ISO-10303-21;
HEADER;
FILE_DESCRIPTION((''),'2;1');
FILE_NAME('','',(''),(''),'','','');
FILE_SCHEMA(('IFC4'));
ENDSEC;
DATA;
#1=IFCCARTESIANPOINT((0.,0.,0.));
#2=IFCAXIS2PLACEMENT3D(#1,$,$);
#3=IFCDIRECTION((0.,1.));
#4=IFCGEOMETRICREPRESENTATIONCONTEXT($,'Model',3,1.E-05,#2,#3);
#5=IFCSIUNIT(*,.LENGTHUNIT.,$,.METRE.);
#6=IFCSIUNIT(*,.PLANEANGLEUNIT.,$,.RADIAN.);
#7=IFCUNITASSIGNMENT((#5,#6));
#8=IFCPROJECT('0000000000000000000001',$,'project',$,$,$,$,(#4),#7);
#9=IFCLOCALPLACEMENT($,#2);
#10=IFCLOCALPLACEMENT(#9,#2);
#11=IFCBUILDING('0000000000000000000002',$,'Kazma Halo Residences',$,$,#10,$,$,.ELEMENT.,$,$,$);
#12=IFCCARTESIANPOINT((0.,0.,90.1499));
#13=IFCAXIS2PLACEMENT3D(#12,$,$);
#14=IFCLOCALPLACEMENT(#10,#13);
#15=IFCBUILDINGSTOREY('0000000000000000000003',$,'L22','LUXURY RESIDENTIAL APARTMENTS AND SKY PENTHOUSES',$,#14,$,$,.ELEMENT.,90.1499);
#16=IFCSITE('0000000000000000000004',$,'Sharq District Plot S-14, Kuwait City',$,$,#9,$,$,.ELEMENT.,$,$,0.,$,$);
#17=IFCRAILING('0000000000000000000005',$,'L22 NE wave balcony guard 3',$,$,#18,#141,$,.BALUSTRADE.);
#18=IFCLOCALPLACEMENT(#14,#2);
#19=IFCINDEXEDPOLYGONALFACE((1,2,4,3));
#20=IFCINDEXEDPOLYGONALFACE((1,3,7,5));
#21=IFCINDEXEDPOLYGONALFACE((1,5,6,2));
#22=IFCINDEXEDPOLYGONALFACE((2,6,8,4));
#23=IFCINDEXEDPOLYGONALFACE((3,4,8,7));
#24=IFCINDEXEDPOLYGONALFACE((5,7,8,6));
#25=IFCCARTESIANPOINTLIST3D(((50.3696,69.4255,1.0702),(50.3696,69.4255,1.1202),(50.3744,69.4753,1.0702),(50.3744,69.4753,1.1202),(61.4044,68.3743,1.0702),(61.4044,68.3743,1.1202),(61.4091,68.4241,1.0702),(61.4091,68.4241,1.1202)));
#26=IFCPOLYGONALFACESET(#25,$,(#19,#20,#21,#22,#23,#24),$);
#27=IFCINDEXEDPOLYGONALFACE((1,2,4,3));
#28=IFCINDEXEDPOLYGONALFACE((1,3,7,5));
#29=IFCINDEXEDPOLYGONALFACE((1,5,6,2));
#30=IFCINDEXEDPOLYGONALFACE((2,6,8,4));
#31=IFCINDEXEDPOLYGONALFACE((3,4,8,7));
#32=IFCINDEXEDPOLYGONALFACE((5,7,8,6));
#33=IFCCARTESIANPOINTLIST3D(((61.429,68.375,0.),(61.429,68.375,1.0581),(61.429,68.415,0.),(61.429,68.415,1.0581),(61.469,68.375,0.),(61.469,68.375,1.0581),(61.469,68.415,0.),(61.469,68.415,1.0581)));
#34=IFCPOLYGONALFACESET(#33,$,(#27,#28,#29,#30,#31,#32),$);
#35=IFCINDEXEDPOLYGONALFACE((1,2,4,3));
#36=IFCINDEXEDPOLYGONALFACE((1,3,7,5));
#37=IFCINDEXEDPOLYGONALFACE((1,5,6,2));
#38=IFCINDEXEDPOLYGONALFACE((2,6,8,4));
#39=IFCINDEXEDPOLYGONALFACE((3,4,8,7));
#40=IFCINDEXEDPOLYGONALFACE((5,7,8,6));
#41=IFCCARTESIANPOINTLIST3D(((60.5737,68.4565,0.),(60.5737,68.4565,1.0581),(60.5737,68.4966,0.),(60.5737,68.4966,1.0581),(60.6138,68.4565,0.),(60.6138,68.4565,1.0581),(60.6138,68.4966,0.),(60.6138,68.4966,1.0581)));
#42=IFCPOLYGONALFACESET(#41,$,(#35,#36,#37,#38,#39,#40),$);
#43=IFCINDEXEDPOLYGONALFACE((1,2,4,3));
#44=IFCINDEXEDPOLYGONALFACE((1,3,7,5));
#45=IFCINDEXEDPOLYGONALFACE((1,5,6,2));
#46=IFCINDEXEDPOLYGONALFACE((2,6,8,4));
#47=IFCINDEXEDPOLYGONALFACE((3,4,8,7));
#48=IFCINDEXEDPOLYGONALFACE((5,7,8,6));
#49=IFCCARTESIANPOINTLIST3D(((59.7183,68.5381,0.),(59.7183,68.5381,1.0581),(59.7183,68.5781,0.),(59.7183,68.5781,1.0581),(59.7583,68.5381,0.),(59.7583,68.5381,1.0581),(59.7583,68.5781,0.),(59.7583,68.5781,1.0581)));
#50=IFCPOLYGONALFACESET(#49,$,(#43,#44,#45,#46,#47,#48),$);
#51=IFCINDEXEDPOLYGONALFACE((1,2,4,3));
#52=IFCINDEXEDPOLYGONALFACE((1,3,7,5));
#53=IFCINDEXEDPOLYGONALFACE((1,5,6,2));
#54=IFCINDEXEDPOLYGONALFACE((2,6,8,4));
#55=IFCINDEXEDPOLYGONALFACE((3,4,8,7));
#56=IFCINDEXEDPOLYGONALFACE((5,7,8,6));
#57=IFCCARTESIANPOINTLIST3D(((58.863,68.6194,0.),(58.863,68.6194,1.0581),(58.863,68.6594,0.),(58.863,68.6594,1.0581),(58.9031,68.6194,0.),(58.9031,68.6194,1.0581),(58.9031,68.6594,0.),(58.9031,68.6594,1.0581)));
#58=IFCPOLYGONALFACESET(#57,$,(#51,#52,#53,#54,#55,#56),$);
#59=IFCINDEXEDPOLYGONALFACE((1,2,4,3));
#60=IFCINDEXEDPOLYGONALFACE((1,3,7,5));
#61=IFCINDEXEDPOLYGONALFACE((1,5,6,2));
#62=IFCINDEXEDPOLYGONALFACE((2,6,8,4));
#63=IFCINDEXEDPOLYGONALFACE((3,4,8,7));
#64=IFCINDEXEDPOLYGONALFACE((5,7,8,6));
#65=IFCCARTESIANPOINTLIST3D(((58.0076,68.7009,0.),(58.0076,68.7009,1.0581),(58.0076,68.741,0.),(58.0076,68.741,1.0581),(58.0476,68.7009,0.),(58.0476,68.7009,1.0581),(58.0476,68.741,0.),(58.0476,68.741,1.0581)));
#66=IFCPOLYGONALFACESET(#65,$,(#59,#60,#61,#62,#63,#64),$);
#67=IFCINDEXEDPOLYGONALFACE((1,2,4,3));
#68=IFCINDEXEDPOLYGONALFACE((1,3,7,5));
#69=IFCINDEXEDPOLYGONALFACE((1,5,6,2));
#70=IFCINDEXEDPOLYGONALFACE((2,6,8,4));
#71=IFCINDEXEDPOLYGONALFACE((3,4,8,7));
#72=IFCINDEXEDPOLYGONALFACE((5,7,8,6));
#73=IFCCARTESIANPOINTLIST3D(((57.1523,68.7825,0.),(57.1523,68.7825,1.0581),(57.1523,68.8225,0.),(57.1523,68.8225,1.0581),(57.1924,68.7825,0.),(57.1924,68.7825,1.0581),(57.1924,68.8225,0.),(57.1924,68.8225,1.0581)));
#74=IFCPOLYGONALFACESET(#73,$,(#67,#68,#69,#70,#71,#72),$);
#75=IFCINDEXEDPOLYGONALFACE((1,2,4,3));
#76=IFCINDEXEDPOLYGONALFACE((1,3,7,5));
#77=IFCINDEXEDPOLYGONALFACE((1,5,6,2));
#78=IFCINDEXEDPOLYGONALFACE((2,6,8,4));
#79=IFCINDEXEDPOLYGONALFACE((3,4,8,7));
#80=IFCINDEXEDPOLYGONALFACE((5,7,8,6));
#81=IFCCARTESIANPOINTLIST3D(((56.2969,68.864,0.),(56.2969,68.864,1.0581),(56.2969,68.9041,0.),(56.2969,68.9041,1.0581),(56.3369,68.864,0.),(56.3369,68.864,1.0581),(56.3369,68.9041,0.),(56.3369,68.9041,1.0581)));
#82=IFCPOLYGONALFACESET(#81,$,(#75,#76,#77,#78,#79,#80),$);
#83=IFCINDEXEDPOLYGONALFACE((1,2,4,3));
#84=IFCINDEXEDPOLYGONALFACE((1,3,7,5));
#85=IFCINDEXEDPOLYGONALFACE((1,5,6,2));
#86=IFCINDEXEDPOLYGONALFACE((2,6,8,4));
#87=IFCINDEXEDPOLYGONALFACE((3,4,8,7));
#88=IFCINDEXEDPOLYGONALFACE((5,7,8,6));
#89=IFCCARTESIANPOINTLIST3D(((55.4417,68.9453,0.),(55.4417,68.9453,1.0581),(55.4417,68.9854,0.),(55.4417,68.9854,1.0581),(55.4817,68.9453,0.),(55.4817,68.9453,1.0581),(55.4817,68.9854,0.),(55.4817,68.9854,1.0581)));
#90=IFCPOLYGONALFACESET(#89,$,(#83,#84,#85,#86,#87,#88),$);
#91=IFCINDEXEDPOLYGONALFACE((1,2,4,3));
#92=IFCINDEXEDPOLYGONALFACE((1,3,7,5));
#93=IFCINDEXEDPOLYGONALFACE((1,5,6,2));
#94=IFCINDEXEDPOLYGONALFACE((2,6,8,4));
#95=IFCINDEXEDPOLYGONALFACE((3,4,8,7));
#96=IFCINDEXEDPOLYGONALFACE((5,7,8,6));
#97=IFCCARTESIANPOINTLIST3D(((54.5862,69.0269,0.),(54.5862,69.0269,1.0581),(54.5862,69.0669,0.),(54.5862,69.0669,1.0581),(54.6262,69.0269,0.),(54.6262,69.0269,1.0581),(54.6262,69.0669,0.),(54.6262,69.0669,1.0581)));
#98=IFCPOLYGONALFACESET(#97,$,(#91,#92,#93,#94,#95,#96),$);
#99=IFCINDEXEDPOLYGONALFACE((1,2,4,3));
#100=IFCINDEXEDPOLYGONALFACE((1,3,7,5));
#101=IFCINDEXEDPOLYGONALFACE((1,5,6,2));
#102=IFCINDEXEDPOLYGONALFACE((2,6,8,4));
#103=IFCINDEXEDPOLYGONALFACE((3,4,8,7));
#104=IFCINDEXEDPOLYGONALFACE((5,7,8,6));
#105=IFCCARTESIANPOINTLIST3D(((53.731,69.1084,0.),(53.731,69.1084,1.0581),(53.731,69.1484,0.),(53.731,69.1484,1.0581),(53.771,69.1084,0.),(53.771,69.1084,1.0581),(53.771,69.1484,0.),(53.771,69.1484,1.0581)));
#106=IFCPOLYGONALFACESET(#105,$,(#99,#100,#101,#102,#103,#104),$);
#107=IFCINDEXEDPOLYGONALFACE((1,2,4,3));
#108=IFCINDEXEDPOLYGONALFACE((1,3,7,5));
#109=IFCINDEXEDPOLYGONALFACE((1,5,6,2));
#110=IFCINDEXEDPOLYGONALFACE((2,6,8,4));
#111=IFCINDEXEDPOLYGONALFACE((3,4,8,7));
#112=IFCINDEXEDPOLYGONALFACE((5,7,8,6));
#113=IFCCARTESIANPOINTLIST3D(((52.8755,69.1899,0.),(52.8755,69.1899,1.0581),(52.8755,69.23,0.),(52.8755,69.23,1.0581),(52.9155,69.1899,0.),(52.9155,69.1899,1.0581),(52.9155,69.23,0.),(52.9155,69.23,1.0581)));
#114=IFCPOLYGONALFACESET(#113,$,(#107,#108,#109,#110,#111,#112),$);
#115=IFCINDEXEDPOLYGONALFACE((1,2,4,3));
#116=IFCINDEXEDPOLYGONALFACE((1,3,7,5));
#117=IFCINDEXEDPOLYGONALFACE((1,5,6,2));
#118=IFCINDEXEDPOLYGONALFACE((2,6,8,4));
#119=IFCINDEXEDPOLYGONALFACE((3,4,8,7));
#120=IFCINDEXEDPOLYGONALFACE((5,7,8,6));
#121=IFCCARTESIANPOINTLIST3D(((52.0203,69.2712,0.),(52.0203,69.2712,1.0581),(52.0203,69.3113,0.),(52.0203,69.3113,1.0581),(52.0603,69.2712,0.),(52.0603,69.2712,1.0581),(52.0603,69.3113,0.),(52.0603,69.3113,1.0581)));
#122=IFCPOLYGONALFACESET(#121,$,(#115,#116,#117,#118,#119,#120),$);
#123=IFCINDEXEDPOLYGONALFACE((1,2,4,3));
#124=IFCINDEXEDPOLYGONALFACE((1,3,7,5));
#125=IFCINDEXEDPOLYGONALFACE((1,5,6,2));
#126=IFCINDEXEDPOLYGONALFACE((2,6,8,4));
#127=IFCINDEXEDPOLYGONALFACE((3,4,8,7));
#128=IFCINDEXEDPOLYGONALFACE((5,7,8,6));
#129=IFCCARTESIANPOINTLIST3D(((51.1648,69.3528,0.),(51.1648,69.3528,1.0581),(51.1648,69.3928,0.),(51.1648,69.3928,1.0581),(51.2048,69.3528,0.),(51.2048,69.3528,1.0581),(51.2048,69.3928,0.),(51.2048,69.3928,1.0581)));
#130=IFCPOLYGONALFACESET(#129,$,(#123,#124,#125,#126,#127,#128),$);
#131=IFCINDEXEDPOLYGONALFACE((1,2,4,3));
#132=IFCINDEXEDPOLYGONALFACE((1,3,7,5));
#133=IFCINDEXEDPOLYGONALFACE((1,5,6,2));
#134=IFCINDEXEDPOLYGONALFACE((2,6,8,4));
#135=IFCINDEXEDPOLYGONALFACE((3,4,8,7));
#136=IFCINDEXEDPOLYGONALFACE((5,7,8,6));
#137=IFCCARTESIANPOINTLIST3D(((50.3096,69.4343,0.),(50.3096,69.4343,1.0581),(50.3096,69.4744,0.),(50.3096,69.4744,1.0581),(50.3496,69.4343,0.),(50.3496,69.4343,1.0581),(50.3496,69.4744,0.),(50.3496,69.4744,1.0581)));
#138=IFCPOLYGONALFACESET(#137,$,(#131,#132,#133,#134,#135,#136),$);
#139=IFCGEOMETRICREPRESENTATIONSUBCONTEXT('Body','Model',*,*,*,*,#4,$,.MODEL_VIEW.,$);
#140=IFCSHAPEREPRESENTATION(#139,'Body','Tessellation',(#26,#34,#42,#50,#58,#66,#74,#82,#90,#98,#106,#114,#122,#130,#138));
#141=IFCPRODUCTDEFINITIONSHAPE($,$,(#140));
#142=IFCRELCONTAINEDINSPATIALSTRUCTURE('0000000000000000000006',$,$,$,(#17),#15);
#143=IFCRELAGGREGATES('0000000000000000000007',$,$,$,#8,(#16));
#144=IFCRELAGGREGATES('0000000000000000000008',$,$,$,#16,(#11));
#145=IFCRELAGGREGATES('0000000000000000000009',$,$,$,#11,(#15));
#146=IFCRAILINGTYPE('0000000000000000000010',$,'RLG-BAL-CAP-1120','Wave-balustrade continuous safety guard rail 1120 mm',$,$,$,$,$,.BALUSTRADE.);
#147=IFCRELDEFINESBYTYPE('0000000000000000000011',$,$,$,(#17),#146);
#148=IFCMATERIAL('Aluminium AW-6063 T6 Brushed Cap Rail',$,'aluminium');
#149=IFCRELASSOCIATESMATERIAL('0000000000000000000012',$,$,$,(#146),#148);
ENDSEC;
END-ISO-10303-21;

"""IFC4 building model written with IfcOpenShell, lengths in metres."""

from ifc_helpers import new_model, si_unit, direction, frame, origin, origin_2d, place, context, subcontext, project, spatial, rectangle, extrude, material, type_object, element, save


model = new_model("IFC4")

# Units and contexts
model_context = context("Model", 3, precision=1e-05, world=origin(), true_north=direction((0.0, 1.0)))
body_context = subcontext(model_context, "Body", "Model", "MODEL_VIEW")
ifc_project = project(units=[si_unit("LENGTHUNIT", "METRE"), si_unit("PLANEANGLEUNIT", "RADIAN")], contexts=[model_context])

# Site, building, storey
site_placement = place(None, origin())
site = spatial("IfcSite", under=ifc_project, at=site_placement, Name="Sharq District Plot S-14, Kuwait City", CompositionType="ELEMENT", RefElevation=0.0)
building_placement = place(site_placement, origin())
building = spatial("IfcBuilding", under=site, at=building_placement, Name="Kazma Halo Residences", CompositionType="ELEMENT")
storey_placement = place(building_placement, frame((0.0, 0.0, 90.1499)))
storey = spatial("IfcBuildingStorey", under=building, at=storey_placement, Name="L22", Description="LUXURY RESIDENTIAL APARTMENTS AND SKY PENTHOUSES", CompositionType="ELEMENT", Elevation=90.1499)

# Railing
ifc_material_1 = material(Name="Aluminium AW-6063 T6 Brushed Cap Rail", Category="aluminium")
railing_type = type_object("IfcRailingType", Name="RLG-BAL-CAP-1120", Description="Wave-balustrade continuous safety guard rail 1120 mm", PredefinedType="BALUSTRADE", material=ifc_material_1)
railing_1_placement = place(storey_placement, frame((61.449, 68.395, 0.0)))
element("IfcRailing", 1, at=railing_1_placement, inside=storey, type_object=railing_type, Name="L22 NE wave balcony guard 3", PredefinedType="BALUSTRADE", context=body_context, shape_type="SweptSolid", body=[
    extrude(rectangle(XDim=0.05, YDim=0.05, at=origin_2d()), frame((-0.0422, 0.0042, 1.0952), z_axis=(-0.995493, 0.094839, 0.0), x_axis=(-0.094839, -0.995493, 0.0)), (0.0, 0.0, 1.0), 11.0847),
    extrude(rectangle(XDim=0.04, YDim=0.04, at=origin_2d()), origin(), (0.0, 0.0, 1.0), 1.0581),
    extrude(rectangle(XDim=0.04, YDim=0.04, at=origin_2d()), frame((-0.8552, 0.0815, 0.0)), (0.0, 0.0, 1.0), 1.0581),
    extrude(rectangle(XDim=0.04, YDim=0.04, at=origin_2d()), frame((-1.7107, 0.1631, 0.0)), (0.0, 0.0, 1.0), 1.0581),
    extrude(rectangle(XDim=0.04, YDim=0.04, at=origin_2d()), frame((-2.5659, 0.2444, 0.0)), (0.0, 0.0, 1.0), 1.0581),
    extrude(rectangle(XDim=0.04, YDim=0.04, at=origin_2d()), frame((-3.4214, 0.3259, 0.0)), (0.0, 0.0, 1.0), 1.0581),
    extrude(rectangle(XDim=0.04, YDim=0.04, at=origin_2d()), frame((-4.2766, 0.4075, 0.0)), (0.0, 0.0, 1.0), 1.0581),
    extrude(rectangle(XDim=0.04, YDim=0.04, at=origin_2d()), frame((-5.1321, 0.489, 0.0)), (0.0, 0.0, 1.0), 1.0581),
    extrude(rectangle(XDim=0.04, YDim=0.04, at=origin_2d()), frame((-5.9873, 0.5703, 0.0)), (0.0, 0.0, 1.0), 1.0581),
    extrude(rectangle(XDim=0.04, YDim=0.04, at=origin_2d()), frame((-6.8428, 0.6519, 0.0)), (0.0, 0.0, 1.0), 1.0581),
    extrude(rectangle(XDim=0.04, YDim=0.04, at=origin_2d()), frame((-7.698, 0.7334, 0.0)), (0.0, 0.0, 1.0), 1.0581),
    extrude(rectangle(XDim=0.04, YDim=0.04, at=origin_2d()), frame((-8.5535, 0.8149, 0.0)), (0.0, 0.0, 1.0), 1.0581),
    extrude(rectangle(XDim=0.04, YDim=0.04, at=origin_2d()), frame((-9.4087, 0.8962, 0.0)), (0.0, 0.0, 1.0), 1.0581),
    extrude(rectangle(XDim=0.04, YDim=0.04, at=origin_2d()), frame((-10.2642, 0.9778, 0.0)), (0.0, 0.0, 1.0), 1.0581),
    extrude(rectangle(XDim=0.04, YDim=0.04, at=origin_2d()), frame((-11.1194, 1.0593, 0.0)), (0.0, 0.0, 1.0), 1.0581),
])

save(model, "model.ifc")
